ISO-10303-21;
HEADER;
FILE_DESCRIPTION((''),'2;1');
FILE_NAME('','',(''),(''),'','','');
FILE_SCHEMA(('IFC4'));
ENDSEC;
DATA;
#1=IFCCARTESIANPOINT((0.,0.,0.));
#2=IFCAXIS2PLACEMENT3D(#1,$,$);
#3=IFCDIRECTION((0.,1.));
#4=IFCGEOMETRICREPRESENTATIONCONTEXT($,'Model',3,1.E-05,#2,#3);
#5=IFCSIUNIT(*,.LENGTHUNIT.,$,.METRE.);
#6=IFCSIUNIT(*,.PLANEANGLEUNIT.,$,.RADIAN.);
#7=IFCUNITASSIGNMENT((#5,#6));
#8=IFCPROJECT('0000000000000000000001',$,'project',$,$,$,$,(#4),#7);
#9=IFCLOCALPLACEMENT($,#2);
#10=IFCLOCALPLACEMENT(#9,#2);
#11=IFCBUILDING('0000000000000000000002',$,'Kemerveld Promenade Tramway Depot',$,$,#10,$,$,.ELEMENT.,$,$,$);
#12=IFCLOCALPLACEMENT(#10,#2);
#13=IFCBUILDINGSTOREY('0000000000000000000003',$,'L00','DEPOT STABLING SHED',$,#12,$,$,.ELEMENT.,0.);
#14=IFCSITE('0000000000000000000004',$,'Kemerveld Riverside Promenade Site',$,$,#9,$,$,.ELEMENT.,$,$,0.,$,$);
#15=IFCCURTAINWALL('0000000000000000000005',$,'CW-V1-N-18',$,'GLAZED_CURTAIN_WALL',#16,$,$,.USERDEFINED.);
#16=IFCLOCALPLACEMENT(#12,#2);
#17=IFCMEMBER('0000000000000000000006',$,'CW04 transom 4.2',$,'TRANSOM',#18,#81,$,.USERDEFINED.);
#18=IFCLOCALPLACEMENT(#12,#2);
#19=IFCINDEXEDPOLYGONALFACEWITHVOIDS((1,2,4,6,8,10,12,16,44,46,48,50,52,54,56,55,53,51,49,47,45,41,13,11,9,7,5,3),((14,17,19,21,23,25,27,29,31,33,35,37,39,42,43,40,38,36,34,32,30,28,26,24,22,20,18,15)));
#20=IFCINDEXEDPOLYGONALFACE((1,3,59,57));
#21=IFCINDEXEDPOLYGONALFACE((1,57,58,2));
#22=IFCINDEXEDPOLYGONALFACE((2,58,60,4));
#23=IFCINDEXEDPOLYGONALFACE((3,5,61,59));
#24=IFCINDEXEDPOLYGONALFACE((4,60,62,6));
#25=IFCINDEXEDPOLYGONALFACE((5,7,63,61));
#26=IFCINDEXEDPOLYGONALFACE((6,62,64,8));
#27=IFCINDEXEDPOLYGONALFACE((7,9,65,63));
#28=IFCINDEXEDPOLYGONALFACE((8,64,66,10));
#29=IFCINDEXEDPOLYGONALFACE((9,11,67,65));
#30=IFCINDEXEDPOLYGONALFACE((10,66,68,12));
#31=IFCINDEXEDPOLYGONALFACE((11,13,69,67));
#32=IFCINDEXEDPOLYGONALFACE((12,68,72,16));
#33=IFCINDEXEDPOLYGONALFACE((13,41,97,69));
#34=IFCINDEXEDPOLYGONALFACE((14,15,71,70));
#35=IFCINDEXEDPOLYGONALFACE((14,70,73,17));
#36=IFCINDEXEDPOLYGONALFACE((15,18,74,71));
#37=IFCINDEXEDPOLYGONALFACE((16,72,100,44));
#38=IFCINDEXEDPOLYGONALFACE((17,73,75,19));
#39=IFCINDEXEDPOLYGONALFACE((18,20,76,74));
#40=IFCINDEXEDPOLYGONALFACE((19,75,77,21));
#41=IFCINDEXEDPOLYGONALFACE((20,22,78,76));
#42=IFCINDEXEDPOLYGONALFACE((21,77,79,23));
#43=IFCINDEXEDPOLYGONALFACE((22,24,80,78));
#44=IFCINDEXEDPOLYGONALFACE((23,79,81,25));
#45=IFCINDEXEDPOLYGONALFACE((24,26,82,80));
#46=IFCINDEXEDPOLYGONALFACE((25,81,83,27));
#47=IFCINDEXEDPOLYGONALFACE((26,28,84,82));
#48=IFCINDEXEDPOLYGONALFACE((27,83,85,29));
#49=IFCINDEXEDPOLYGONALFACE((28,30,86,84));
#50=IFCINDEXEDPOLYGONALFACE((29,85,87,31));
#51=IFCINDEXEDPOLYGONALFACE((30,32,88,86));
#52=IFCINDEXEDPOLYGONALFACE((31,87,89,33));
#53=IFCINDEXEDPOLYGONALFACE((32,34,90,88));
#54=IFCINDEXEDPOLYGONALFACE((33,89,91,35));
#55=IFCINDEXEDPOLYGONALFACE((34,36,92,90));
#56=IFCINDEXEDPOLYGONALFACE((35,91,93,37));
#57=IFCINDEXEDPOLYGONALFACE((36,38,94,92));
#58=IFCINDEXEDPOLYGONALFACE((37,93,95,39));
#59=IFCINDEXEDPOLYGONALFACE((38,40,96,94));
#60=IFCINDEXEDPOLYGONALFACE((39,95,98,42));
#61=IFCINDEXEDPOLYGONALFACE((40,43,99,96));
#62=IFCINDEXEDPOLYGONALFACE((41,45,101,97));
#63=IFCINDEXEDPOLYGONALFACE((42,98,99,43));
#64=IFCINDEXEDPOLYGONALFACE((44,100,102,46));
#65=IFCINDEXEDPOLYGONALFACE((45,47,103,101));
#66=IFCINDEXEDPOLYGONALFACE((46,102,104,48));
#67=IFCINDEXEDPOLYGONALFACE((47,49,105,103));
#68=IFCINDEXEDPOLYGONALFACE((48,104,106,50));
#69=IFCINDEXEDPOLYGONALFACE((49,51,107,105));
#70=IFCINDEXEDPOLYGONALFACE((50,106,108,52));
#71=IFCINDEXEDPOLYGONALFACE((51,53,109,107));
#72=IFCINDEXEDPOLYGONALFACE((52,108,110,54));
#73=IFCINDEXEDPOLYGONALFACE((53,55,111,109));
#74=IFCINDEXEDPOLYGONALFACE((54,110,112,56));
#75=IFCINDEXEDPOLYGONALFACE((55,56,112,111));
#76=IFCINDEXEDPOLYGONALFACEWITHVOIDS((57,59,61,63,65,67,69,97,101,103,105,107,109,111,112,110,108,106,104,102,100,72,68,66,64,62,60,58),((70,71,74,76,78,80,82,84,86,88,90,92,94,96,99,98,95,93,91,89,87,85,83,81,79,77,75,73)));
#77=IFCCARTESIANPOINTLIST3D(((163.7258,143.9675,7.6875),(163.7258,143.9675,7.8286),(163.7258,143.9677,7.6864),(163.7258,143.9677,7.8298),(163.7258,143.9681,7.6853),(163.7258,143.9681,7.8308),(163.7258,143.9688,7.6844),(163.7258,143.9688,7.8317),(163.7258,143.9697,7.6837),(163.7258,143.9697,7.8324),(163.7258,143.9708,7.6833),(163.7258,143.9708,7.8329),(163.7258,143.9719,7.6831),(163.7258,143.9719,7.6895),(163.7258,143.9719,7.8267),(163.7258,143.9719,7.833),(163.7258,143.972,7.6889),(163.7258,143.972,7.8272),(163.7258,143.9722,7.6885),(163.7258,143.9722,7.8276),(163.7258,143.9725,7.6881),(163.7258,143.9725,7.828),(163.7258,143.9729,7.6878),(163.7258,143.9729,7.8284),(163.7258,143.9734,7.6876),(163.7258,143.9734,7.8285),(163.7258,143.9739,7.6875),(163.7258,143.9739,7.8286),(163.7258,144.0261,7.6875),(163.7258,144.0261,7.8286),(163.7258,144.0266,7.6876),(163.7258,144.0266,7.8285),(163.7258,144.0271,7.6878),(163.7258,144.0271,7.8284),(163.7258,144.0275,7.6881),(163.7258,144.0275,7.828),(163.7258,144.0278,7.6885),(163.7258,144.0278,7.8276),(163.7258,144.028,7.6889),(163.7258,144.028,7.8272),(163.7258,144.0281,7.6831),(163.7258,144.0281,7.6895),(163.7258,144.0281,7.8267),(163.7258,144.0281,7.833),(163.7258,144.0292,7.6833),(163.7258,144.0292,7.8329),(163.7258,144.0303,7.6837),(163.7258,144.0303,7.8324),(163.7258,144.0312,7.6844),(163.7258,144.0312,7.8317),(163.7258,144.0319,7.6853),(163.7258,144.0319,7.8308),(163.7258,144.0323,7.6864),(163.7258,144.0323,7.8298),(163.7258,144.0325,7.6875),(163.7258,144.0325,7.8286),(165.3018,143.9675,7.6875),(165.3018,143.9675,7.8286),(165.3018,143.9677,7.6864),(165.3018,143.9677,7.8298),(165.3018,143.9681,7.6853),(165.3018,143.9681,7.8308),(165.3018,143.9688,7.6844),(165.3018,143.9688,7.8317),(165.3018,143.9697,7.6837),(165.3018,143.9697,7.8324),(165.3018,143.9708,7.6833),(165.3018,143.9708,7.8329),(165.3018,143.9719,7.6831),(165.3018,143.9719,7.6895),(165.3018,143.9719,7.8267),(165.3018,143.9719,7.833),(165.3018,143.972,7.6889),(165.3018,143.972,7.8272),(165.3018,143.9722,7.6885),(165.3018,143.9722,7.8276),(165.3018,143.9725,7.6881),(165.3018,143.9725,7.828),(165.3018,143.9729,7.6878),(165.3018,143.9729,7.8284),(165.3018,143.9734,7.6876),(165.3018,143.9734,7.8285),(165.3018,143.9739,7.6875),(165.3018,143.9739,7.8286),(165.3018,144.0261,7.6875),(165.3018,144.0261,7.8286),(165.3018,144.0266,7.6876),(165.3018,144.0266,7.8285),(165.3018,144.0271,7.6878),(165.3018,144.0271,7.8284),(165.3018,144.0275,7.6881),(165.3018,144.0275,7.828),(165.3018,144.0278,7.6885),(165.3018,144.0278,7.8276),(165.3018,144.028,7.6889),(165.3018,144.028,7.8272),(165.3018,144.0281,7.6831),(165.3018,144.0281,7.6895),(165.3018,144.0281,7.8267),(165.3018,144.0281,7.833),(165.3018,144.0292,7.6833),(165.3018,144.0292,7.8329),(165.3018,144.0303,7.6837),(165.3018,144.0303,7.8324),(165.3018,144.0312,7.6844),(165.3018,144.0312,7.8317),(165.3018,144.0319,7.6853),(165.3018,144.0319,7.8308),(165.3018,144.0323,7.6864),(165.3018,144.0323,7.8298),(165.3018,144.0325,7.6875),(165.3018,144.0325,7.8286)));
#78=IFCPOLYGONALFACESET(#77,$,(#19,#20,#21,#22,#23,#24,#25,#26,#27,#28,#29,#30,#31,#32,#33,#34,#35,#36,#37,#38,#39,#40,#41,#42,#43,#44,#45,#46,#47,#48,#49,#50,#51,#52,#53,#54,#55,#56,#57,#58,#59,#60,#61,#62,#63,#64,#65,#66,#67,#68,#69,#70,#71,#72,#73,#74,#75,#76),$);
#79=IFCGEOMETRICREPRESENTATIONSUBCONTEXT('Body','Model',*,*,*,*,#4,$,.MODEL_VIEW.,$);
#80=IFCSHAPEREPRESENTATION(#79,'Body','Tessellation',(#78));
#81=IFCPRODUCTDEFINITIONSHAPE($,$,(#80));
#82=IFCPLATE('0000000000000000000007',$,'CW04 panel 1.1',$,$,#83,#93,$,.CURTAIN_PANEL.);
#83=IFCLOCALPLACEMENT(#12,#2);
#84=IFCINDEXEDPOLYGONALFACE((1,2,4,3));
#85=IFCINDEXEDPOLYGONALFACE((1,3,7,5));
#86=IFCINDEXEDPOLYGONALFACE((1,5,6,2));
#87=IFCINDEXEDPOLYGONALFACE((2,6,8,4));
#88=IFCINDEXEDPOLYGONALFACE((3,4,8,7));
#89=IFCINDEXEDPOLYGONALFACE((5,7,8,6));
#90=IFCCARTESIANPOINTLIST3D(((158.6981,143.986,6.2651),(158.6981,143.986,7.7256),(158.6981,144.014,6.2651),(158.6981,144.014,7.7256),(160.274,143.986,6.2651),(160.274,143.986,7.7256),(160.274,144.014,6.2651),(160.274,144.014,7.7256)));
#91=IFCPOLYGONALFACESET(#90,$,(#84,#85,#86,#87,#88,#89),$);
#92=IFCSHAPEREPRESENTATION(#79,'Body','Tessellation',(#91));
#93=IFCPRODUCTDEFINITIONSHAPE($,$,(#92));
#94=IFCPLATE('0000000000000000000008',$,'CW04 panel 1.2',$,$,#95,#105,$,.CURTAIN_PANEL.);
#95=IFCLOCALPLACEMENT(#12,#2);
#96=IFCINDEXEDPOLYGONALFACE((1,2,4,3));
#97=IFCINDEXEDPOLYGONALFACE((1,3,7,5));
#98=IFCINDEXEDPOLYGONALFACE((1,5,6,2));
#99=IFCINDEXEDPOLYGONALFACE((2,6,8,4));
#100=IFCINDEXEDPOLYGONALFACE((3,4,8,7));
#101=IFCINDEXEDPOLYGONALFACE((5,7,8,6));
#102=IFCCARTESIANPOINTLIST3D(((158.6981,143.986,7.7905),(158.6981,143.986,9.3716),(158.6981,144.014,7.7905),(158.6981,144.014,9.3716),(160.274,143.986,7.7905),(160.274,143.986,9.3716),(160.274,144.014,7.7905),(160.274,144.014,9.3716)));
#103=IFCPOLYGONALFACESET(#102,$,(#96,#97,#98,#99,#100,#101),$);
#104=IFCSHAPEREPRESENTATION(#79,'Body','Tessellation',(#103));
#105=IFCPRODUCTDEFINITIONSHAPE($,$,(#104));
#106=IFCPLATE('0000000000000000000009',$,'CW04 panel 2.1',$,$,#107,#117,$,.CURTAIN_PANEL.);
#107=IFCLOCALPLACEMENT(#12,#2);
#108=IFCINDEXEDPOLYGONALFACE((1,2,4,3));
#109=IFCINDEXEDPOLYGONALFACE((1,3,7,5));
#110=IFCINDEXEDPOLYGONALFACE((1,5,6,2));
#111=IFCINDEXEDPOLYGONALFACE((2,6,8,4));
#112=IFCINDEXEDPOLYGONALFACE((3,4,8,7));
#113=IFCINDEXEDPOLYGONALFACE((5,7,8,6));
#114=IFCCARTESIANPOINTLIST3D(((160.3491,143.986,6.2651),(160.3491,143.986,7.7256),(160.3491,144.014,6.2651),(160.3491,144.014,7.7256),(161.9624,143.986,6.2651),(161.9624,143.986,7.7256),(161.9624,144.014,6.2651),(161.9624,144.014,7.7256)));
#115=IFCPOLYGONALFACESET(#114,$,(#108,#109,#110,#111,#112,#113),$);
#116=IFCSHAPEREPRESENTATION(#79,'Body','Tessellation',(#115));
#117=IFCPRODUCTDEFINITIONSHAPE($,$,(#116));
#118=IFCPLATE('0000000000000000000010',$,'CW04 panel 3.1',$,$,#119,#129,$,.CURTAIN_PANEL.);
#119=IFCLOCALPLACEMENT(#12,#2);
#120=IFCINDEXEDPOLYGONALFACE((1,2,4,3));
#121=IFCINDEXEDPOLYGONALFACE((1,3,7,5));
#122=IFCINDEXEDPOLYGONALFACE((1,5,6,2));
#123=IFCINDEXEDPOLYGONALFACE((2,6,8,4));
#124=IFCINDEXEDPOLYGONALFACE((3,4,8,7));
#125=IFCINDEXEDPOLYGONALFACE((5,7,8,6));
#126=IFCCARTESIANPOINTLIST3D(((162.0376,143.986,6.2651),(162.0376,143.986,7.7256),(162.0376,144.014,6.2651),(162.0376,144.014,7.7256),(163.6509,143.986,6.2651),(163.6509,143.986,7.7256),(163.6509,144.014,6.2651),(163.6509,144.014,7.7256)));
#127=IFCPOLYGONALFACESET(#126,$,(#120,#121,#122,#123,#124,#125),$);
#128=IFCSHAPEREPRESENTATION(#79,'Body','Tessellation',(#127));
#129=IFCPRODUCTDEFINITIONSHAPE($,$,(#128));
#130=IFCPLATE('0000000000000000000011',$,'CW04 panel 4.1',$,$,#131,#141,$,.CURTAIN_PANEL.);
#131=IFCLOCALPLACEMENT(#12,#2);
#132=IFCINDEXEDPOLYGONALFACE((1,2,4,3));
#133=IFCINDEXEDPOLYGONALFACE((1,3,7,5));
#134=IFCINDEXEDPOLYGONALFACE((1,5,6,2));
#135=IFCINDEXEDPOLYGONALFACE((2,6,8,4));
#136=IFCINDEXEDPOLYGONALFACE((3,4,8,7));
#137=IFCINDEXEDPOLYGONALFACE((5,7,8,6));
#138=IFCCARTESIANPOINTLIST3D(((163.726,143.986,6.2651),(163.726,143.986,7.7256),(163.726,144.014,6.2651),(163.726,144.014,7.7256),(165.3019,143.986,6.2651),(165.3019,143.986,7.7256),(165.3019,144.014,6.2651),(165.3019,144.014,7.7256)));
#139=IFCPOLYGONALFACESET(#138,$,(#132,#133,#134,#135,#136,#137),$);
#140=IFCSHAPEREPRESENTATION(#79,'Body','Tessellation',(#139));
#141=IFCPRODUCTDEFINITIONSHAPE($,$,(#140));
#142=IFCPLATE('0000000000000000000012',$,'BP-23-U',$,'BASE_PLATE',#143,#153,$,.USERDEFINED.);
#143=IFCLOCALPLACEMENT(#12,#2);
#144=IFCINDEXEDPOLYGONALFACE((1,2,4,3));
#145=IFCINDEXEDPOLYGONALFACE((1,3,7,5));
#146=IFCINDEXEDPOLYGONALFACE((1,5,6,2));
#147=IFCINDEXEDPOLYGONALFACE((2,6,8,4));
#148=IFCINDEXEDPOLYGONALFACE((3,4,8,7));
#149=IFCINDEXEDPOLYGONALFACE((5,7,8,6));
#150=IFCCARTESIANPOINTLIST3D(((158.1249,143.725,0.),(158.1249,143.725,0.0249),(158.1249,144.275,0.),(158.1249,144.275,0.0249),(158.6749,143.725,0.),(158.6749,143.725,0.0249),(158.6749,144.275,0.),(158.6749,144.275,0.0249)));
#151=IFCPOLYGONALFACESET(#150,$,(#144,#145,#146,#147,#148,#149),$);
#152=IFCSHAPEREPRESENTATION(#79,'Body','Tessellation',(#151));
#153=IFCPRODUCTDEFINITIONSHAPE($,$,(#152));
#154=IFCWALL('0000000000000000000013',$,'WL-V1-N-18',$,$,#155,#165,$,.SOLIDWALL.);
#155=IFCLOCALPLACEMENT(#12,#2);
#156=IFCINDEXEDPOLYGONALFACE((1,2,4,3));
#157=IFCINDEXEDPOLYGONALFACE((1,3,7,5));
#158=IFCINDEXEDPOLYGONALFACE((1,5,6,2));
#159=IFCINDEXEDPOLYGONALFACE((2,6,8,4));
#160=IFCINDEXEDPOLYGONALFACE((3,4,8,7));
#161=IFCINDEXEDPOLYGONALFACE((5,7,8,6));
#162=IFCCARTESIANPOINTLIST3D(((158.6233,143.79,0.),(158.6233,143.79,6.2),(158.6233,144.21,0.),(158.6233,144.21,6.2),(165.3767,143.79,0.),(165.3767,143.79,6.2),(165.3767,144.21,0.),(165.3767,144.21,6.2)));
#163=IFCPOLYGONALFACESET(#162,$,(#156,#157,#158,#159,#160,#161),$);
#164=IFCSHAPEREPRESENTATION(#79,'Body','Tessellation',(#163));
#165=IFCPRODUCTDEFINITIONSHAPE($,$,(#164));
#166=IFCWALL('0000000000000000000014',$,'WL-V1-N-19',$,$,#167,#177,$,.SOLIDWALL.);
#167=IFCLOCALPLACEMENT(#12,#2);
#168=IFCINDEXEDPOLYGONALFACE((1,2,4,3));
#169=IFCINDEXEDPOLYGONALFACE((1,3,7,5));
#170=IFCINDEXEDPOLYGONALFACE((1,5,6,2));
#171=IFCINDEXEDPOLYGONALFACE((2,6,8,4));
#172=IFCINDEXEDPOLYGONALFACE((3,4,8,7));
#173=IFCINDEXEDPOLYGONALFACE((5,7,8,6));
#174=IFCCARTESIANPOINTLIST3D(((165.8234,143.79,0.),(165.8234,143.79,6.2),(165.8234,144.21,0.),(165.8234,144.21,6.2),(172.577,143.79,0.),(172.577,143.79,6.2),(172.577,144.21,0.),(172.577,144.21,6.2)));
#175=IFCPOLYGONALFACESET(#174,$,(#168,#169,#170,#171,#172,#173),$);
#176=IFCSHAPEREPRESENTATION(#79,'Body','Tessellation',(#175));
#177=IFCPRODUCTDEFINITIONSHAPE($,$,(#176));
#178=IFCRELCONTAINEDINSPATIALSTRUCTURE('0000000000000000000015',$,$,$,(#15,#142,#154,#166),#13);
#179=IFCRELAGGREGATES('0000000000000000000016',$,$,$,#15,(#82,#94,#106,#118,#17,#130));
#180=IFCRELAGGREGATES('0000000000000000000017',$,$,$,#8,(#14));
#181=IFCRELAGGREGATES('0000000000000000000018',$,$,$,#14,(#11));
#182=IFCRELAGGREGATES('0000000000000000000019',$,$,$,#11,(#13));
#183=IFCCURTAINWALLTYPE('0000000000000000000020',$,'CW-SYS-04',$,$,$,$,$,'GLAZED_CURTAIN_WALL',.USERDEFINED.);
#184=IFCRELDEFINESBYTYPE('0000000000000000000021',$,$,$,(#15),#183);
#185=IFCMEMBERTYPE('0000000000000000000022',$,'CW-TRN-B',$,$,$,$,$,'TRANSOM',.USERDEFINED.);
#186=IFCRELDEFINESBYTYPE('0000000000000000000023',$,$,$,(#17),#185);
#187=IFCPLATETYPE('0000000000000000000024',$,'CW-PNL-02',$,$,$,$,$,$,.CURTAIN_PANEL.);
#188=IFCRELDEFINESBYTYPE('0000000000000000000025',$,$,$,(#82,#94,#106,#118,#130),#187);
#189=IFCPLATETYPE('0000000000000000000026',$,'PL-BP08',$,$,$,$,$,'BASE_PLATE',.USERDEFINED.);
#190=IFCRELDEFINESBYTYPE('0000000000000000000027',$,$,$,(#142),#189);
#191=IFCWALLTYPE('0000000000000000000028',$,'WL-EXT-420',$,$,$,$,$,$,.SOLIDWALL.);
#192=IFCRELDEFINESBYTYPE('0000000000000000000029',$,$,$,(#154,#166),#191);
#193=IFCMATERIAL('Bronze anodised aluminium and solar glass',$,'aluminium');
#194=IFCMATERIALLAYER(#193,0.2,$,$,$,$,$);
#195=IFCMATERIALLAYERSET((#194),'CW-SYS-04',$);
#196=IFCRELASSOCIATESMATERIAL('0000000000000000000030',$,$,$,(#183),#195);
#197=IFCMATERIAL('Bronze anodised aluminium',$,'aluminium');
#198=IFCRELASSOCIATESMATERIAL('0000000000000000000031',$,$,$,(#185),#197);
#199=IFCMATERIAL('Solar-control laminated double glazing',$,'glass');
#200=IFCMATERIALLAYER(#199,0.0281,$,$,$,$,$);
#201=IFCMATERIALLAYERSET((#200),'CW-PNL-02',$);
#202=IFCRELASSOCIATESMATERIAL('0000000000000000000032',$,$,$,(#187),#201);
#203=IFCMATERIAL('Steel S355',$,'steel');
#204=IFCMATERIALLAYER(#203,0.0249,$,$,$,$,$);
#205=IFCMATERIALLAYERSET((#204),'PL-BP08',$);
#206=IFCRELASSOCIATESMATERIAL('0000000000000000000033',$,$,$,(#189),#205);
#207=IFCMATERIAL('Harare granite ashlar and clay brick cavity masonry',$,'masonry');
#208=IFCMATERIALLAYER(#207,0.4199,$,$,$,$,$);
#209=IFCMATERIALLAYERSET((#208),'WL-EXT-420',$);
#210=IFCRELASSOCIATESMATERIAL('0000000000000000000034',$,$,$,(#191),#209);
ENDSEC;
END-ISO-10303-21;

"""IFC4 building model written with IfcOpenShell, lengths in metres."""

from ifc_helpers import new_model, si_unit, direction, frame, frame_2d, origin, origin_2d, place, context, subcontext, project, spatial, rectangle, hollow_rectangle, extrude, material, layer, layer_set, material_profile, profile_set, type_object, element, aggregate, save


model = new_model("IFC4")

# Units and contexts
model_context = context("Model", 3, precision=1e-05, world=origin(), true_north=direction((0.0, 1.0)))
body_context = subcontext(model_context, "Body", "Model", "MODEL_VIEW")
ifc_project = project(units=[si_unit("LENGTHUNIT", "METRE"), si_unit("PLANEANGLEUNIT", "RADIAN")], contexts=[model_context])

# Site, building, storey
site_placement = place(None, origin())
site = spatial("IfcSite", under=ifc_project, at=site_placement, Name="Kemerveld Riverside Promenade Site", CompositionType="ELEMENT", RefElevation=0.0)
building_placement = place(site_placement, origin())
building = spatial("IfcBuilding", under=site, at=building_placement, Name="Kemerveld Promenade Tramway Depot", CompositionType="ELEMENT")
storey_placement = place(building_placement, origin())
storey = spatial("IfcBuildingStorey", under=building, at=storey_placement, Name="L00", Description="DEPOT STABLING SHED", CompositionType="ELEMENT", Elevation=0.0)

# Shared definitions
ifc_material_1 = material(Name="Steel S355", Category="steel")

# Shared definitions
ifc_material_2 = material(Name="Bronze anodised aluminium and solar glass", Category="aluminium")
ifc_material_3 = material(Name="Bronze anodised aluminium", Category="aluminium")

# Curtain wall
ifc_layer_1 = layer(ifc_material_2, 0.2)
ifc_layer_set_1 = layer_set([ifc_layer_1], Name="CW-SYS-04")
curtain_wall_type_1 = type_object("IfcCurtainWallType", Name="CW-SYS-04", ElementType="GLAZED_CURTAIN_WALL", PredefinedType="USERDEFINED", material=ifc_layer_set_1)
curtain_wall_1_placement = place(storey_placement, origin())
curtain_wall_1 = element("IfcCurtainWall", 1, at=curtain_wall_1_placement, inside=storey, type_object=curtain_wall_type_1, Name="CW-V1-N-18", ObjectType="GLAZED_CURTAIN_WALL", PredefinedType="USERDEFINED")

# Member
ifc_material_profile_1 = material_profile(ifc_material_3, hollow_rectangle(XDim=0.0649, YDim=0.1499, WallThickness=0.0044, InnerFilletRadius=0.002, OuterFilletRadius=0.0044, at=origin_2d()), Name="CW-TRN-150x65")
ifc_profile_set_1 = profile_set([ifc_material_profile_1], Name="Bronze anodised aluminium")
member_type_1 = type_object("IfcMemberType", Name="CW-TRN-B", ElementType="TRANSOM", PredefinedType="USERDEFINED", material=ifc_profile_set_1)
member_1_placement = place(storey_placement, frame((163.7258, 144.0, 7.7581), z_axis=(1.0, 0.0, 0.0), x_axis=(0.0, 1.0, 0.0)))
member_1 = element("IfcMember", 2, at=member_1_placement, type_object=member_type_1, Name="CW04 transom 4.2", ObjectType="TRANSOM", PredefinedType="USERDEFINED", context=body_context, shape_type="SweptSolid", body=[
    extrude(hollow_rectangle(XDim=0.0649, YDim=0.1499, WallThickness=0.0044, InnerFilletRadius=0.002, OuterFilletRadius=0.0044, at=origin_2d()), origin(), (0.0, 0.0, 1.0), 1.5759),
])

# Plates
ifc_material_4 = material(Name="Solar-control laminated double glazing", Category="glass")
ifc_layer_2 = layer(ifc_material_4, 0.0281)
ifc_layer_set_2 = layer_set([ifc_layer_2], Name="CW-PNL-02")
plate_type_1 = type_object("IfcPlateType", Name="CW-PNL-02", PredefinedType="CURTAIN_PANEL", material=ifc_layer_set_2)
plate_1_placement = place(storey_placement, frame((159.4861, 144.0, 6.2651), z_axis=(0.0, 0.0, 1.0), x_axis=(1.0, 0.0, 0.0)))
plate_1 = element("IfcPlate", 3, at=plate_1_placement, type_object=plate_type_1, Name="CW04 panel 1.1", PredefinedType="CURTAIN_PANEL", context=body_context, shape_type="SweptSolid", body=[
    extrude(rectangle(XDim=1.5759, YDim=0.0281, at=origin_2d()), origin(), (0.0, 0.0, 1.0), 1.4604),
])
plate_2_placement = place(storey_placement, frame((159.4861, 144.0, 7.7905), z_axis=(0.0, 0.0, 1.0), x_axis=(1.0, 0.0, 0.0)))
plate_2 = element("IfcPlate", 4, at=plate_2_placement, type_object=plate_type_1, Name="CW04 panel 1.2", PredefinedType="CURTAIN_PANEL", context=body_context, shape_type="SweptSolid", body=[
    extrude(rectangle(XDim=1.5759, YDim=0.0281, at=origin_2d()), origin(), (0.0, 0.0, 1.0), 1.5811),
])
plate_3_placement = place(storey_placement, frame((161.1558, 144.0, 6.2651), z_axis=(0.0, 0.0, 1.0), x_axis=(1.0, 0.0, 0.0)))
plate_3 = element("IfcPlate", 5, at=plate_3_placement, type_object=plate_type_1, Name="CW04 panel 2.1", PredefinedType="CURTAIN_PANEL", context=body_context, shape_type="SweptSolid", body=[
    extrude(rectangle(XDim=1.6133, YDim=0.0281, at=origin_2d()), origin(), (0.0, 0.0, 1.0), 1.4604),
])
plate_4_placement = place(storey_placement, frame((162.8442, 144.0, 6.2651), z_axis=(0.0, 0.0, 1.0), x_axis=(1.0, 0.0, 0.0)))
plate_4 = element("IfcPlate", 6, at=plate_4_placement, type_object=plate_type_1, Name="CW04 panel 3.1", PredefinedType="CURTAIN_PANEL", context=body_context, shape_type="SweptSolid", body=[
    extrude(rectangle(XDim=1.6133, YDim=0.0281, at=origin_2d()), origin(), (0.0, 0.0, 1.0), 1.4604),
])
plate_5_placement = place(storey_placement, frame((164.5139, 144.0, 6.2651), z_axis=(0.0, 0.0, 1.0), x_axis=(1.0, 0.0, 0.0)))
plate_5 = element("IfcPlate", 7, at=plate_5_placement, type_object=plate_type_1, Name="CW04 panel 4.1", PredefinedType="CURTAIN_PANEL", context=body_context, shape_type="SweptSolid", body=[
    extrude(rectangle(XDim=1.5759, YDim=0.0281, at=origin_2d()), origin(), (0.0, 0.0, 1.0), 1.4604),
])
aggregate(curtain_wall_1, [plate_1, plate_2, plate_3, plate_4, member_1, plate_5])
ifc_layer_3 = layer(ifc_material_1, 0.0249)
ifc_layer_set_3 = layer_set([ifc_layer_3], Name="PL-BP08")
plate_type_2 = type_object("IfcPlateType", Name="PL-BP08", ElementType="BASE_PLATE", PredefinedType="USERDEFINED", material=ifc_layer_set_3)
plate_6_placement = place(storey_placement, frame((158.3999, 144.0, 0.0), z_axis=(0.0, 0.0, 1.0), x_axis=(1.0, 0.0, 0.0)))
element("IfcPlate", 8, at=plate_6_placement, inside=storey, type_object=plate_type_2, Name="BP-23-U", ObjectType="BASE_PLATE", PredefinedType="USERDEFINED", context=body_context, shape_type="SweptSolid", body=[
    extrude(rectangle(XDim=0.55, YDim=0.55, at=origin_2d()), origin(), (0.0, 0.0, 1.0), 0.0249),
])

# Walls
ifc_material_5 = material(Name="Harare granite ashlar and clay brick cavity masonry", Category="masonry")
ifc_layer_4 = layer(ifc_material_5, 0.4199)
ifc_layer_set_4 = layer_set([ifc_layer_4], Name="WL-EXT-420")
wall_type = type_object("IfcWallType", Name="WL-EXT-420", PredefinedType="SOLIDWALL", material=ifc_layer_set_4)
wall_1_placement = place(storey_placement, frame((158.6233, 144.0, 0.0), z_axis=(0.0, 0.0, 1.0), x_axis=(1.0, 0.0, 0.0)))
element("IfcWall", 9, at=wall_1_placement, inside=storey, type_object=wall_type, Name="WL-V1-N-18", PredefinedType="SOLIDWALL", context=body_context, shape_type="SweptSolid", body=[
    extrude(rectangle(XDim=6.7534, YDim=0.4199, at=frame_2d((3.3767, 0.0))), origin(), (0.0, 0.0, 1.0), 6.2),
])
wall_2_placement = place(storey_placement, frame((165.8232, 144.0, 0.0), z_axis=(0.0, 0.0, 1.0), x_axis=(1.0, 0.0, 0.0)))
element("IfcWall", 10, at=wall_2_placement, inside=storey, type_object=wall_type, Name="WL-V1-N-19", PredefinedType="SOLIDWALL", context=body_context, shape_type="SweptSolid", body=[
    extrude(rectangle(XDim=6.7537, YDim=0.4199, at=frame_2d((3.377, 0.0))), origin(), (0.0, 0.0, 1.0), 6.2),
])

save(model, "model.ifc")
